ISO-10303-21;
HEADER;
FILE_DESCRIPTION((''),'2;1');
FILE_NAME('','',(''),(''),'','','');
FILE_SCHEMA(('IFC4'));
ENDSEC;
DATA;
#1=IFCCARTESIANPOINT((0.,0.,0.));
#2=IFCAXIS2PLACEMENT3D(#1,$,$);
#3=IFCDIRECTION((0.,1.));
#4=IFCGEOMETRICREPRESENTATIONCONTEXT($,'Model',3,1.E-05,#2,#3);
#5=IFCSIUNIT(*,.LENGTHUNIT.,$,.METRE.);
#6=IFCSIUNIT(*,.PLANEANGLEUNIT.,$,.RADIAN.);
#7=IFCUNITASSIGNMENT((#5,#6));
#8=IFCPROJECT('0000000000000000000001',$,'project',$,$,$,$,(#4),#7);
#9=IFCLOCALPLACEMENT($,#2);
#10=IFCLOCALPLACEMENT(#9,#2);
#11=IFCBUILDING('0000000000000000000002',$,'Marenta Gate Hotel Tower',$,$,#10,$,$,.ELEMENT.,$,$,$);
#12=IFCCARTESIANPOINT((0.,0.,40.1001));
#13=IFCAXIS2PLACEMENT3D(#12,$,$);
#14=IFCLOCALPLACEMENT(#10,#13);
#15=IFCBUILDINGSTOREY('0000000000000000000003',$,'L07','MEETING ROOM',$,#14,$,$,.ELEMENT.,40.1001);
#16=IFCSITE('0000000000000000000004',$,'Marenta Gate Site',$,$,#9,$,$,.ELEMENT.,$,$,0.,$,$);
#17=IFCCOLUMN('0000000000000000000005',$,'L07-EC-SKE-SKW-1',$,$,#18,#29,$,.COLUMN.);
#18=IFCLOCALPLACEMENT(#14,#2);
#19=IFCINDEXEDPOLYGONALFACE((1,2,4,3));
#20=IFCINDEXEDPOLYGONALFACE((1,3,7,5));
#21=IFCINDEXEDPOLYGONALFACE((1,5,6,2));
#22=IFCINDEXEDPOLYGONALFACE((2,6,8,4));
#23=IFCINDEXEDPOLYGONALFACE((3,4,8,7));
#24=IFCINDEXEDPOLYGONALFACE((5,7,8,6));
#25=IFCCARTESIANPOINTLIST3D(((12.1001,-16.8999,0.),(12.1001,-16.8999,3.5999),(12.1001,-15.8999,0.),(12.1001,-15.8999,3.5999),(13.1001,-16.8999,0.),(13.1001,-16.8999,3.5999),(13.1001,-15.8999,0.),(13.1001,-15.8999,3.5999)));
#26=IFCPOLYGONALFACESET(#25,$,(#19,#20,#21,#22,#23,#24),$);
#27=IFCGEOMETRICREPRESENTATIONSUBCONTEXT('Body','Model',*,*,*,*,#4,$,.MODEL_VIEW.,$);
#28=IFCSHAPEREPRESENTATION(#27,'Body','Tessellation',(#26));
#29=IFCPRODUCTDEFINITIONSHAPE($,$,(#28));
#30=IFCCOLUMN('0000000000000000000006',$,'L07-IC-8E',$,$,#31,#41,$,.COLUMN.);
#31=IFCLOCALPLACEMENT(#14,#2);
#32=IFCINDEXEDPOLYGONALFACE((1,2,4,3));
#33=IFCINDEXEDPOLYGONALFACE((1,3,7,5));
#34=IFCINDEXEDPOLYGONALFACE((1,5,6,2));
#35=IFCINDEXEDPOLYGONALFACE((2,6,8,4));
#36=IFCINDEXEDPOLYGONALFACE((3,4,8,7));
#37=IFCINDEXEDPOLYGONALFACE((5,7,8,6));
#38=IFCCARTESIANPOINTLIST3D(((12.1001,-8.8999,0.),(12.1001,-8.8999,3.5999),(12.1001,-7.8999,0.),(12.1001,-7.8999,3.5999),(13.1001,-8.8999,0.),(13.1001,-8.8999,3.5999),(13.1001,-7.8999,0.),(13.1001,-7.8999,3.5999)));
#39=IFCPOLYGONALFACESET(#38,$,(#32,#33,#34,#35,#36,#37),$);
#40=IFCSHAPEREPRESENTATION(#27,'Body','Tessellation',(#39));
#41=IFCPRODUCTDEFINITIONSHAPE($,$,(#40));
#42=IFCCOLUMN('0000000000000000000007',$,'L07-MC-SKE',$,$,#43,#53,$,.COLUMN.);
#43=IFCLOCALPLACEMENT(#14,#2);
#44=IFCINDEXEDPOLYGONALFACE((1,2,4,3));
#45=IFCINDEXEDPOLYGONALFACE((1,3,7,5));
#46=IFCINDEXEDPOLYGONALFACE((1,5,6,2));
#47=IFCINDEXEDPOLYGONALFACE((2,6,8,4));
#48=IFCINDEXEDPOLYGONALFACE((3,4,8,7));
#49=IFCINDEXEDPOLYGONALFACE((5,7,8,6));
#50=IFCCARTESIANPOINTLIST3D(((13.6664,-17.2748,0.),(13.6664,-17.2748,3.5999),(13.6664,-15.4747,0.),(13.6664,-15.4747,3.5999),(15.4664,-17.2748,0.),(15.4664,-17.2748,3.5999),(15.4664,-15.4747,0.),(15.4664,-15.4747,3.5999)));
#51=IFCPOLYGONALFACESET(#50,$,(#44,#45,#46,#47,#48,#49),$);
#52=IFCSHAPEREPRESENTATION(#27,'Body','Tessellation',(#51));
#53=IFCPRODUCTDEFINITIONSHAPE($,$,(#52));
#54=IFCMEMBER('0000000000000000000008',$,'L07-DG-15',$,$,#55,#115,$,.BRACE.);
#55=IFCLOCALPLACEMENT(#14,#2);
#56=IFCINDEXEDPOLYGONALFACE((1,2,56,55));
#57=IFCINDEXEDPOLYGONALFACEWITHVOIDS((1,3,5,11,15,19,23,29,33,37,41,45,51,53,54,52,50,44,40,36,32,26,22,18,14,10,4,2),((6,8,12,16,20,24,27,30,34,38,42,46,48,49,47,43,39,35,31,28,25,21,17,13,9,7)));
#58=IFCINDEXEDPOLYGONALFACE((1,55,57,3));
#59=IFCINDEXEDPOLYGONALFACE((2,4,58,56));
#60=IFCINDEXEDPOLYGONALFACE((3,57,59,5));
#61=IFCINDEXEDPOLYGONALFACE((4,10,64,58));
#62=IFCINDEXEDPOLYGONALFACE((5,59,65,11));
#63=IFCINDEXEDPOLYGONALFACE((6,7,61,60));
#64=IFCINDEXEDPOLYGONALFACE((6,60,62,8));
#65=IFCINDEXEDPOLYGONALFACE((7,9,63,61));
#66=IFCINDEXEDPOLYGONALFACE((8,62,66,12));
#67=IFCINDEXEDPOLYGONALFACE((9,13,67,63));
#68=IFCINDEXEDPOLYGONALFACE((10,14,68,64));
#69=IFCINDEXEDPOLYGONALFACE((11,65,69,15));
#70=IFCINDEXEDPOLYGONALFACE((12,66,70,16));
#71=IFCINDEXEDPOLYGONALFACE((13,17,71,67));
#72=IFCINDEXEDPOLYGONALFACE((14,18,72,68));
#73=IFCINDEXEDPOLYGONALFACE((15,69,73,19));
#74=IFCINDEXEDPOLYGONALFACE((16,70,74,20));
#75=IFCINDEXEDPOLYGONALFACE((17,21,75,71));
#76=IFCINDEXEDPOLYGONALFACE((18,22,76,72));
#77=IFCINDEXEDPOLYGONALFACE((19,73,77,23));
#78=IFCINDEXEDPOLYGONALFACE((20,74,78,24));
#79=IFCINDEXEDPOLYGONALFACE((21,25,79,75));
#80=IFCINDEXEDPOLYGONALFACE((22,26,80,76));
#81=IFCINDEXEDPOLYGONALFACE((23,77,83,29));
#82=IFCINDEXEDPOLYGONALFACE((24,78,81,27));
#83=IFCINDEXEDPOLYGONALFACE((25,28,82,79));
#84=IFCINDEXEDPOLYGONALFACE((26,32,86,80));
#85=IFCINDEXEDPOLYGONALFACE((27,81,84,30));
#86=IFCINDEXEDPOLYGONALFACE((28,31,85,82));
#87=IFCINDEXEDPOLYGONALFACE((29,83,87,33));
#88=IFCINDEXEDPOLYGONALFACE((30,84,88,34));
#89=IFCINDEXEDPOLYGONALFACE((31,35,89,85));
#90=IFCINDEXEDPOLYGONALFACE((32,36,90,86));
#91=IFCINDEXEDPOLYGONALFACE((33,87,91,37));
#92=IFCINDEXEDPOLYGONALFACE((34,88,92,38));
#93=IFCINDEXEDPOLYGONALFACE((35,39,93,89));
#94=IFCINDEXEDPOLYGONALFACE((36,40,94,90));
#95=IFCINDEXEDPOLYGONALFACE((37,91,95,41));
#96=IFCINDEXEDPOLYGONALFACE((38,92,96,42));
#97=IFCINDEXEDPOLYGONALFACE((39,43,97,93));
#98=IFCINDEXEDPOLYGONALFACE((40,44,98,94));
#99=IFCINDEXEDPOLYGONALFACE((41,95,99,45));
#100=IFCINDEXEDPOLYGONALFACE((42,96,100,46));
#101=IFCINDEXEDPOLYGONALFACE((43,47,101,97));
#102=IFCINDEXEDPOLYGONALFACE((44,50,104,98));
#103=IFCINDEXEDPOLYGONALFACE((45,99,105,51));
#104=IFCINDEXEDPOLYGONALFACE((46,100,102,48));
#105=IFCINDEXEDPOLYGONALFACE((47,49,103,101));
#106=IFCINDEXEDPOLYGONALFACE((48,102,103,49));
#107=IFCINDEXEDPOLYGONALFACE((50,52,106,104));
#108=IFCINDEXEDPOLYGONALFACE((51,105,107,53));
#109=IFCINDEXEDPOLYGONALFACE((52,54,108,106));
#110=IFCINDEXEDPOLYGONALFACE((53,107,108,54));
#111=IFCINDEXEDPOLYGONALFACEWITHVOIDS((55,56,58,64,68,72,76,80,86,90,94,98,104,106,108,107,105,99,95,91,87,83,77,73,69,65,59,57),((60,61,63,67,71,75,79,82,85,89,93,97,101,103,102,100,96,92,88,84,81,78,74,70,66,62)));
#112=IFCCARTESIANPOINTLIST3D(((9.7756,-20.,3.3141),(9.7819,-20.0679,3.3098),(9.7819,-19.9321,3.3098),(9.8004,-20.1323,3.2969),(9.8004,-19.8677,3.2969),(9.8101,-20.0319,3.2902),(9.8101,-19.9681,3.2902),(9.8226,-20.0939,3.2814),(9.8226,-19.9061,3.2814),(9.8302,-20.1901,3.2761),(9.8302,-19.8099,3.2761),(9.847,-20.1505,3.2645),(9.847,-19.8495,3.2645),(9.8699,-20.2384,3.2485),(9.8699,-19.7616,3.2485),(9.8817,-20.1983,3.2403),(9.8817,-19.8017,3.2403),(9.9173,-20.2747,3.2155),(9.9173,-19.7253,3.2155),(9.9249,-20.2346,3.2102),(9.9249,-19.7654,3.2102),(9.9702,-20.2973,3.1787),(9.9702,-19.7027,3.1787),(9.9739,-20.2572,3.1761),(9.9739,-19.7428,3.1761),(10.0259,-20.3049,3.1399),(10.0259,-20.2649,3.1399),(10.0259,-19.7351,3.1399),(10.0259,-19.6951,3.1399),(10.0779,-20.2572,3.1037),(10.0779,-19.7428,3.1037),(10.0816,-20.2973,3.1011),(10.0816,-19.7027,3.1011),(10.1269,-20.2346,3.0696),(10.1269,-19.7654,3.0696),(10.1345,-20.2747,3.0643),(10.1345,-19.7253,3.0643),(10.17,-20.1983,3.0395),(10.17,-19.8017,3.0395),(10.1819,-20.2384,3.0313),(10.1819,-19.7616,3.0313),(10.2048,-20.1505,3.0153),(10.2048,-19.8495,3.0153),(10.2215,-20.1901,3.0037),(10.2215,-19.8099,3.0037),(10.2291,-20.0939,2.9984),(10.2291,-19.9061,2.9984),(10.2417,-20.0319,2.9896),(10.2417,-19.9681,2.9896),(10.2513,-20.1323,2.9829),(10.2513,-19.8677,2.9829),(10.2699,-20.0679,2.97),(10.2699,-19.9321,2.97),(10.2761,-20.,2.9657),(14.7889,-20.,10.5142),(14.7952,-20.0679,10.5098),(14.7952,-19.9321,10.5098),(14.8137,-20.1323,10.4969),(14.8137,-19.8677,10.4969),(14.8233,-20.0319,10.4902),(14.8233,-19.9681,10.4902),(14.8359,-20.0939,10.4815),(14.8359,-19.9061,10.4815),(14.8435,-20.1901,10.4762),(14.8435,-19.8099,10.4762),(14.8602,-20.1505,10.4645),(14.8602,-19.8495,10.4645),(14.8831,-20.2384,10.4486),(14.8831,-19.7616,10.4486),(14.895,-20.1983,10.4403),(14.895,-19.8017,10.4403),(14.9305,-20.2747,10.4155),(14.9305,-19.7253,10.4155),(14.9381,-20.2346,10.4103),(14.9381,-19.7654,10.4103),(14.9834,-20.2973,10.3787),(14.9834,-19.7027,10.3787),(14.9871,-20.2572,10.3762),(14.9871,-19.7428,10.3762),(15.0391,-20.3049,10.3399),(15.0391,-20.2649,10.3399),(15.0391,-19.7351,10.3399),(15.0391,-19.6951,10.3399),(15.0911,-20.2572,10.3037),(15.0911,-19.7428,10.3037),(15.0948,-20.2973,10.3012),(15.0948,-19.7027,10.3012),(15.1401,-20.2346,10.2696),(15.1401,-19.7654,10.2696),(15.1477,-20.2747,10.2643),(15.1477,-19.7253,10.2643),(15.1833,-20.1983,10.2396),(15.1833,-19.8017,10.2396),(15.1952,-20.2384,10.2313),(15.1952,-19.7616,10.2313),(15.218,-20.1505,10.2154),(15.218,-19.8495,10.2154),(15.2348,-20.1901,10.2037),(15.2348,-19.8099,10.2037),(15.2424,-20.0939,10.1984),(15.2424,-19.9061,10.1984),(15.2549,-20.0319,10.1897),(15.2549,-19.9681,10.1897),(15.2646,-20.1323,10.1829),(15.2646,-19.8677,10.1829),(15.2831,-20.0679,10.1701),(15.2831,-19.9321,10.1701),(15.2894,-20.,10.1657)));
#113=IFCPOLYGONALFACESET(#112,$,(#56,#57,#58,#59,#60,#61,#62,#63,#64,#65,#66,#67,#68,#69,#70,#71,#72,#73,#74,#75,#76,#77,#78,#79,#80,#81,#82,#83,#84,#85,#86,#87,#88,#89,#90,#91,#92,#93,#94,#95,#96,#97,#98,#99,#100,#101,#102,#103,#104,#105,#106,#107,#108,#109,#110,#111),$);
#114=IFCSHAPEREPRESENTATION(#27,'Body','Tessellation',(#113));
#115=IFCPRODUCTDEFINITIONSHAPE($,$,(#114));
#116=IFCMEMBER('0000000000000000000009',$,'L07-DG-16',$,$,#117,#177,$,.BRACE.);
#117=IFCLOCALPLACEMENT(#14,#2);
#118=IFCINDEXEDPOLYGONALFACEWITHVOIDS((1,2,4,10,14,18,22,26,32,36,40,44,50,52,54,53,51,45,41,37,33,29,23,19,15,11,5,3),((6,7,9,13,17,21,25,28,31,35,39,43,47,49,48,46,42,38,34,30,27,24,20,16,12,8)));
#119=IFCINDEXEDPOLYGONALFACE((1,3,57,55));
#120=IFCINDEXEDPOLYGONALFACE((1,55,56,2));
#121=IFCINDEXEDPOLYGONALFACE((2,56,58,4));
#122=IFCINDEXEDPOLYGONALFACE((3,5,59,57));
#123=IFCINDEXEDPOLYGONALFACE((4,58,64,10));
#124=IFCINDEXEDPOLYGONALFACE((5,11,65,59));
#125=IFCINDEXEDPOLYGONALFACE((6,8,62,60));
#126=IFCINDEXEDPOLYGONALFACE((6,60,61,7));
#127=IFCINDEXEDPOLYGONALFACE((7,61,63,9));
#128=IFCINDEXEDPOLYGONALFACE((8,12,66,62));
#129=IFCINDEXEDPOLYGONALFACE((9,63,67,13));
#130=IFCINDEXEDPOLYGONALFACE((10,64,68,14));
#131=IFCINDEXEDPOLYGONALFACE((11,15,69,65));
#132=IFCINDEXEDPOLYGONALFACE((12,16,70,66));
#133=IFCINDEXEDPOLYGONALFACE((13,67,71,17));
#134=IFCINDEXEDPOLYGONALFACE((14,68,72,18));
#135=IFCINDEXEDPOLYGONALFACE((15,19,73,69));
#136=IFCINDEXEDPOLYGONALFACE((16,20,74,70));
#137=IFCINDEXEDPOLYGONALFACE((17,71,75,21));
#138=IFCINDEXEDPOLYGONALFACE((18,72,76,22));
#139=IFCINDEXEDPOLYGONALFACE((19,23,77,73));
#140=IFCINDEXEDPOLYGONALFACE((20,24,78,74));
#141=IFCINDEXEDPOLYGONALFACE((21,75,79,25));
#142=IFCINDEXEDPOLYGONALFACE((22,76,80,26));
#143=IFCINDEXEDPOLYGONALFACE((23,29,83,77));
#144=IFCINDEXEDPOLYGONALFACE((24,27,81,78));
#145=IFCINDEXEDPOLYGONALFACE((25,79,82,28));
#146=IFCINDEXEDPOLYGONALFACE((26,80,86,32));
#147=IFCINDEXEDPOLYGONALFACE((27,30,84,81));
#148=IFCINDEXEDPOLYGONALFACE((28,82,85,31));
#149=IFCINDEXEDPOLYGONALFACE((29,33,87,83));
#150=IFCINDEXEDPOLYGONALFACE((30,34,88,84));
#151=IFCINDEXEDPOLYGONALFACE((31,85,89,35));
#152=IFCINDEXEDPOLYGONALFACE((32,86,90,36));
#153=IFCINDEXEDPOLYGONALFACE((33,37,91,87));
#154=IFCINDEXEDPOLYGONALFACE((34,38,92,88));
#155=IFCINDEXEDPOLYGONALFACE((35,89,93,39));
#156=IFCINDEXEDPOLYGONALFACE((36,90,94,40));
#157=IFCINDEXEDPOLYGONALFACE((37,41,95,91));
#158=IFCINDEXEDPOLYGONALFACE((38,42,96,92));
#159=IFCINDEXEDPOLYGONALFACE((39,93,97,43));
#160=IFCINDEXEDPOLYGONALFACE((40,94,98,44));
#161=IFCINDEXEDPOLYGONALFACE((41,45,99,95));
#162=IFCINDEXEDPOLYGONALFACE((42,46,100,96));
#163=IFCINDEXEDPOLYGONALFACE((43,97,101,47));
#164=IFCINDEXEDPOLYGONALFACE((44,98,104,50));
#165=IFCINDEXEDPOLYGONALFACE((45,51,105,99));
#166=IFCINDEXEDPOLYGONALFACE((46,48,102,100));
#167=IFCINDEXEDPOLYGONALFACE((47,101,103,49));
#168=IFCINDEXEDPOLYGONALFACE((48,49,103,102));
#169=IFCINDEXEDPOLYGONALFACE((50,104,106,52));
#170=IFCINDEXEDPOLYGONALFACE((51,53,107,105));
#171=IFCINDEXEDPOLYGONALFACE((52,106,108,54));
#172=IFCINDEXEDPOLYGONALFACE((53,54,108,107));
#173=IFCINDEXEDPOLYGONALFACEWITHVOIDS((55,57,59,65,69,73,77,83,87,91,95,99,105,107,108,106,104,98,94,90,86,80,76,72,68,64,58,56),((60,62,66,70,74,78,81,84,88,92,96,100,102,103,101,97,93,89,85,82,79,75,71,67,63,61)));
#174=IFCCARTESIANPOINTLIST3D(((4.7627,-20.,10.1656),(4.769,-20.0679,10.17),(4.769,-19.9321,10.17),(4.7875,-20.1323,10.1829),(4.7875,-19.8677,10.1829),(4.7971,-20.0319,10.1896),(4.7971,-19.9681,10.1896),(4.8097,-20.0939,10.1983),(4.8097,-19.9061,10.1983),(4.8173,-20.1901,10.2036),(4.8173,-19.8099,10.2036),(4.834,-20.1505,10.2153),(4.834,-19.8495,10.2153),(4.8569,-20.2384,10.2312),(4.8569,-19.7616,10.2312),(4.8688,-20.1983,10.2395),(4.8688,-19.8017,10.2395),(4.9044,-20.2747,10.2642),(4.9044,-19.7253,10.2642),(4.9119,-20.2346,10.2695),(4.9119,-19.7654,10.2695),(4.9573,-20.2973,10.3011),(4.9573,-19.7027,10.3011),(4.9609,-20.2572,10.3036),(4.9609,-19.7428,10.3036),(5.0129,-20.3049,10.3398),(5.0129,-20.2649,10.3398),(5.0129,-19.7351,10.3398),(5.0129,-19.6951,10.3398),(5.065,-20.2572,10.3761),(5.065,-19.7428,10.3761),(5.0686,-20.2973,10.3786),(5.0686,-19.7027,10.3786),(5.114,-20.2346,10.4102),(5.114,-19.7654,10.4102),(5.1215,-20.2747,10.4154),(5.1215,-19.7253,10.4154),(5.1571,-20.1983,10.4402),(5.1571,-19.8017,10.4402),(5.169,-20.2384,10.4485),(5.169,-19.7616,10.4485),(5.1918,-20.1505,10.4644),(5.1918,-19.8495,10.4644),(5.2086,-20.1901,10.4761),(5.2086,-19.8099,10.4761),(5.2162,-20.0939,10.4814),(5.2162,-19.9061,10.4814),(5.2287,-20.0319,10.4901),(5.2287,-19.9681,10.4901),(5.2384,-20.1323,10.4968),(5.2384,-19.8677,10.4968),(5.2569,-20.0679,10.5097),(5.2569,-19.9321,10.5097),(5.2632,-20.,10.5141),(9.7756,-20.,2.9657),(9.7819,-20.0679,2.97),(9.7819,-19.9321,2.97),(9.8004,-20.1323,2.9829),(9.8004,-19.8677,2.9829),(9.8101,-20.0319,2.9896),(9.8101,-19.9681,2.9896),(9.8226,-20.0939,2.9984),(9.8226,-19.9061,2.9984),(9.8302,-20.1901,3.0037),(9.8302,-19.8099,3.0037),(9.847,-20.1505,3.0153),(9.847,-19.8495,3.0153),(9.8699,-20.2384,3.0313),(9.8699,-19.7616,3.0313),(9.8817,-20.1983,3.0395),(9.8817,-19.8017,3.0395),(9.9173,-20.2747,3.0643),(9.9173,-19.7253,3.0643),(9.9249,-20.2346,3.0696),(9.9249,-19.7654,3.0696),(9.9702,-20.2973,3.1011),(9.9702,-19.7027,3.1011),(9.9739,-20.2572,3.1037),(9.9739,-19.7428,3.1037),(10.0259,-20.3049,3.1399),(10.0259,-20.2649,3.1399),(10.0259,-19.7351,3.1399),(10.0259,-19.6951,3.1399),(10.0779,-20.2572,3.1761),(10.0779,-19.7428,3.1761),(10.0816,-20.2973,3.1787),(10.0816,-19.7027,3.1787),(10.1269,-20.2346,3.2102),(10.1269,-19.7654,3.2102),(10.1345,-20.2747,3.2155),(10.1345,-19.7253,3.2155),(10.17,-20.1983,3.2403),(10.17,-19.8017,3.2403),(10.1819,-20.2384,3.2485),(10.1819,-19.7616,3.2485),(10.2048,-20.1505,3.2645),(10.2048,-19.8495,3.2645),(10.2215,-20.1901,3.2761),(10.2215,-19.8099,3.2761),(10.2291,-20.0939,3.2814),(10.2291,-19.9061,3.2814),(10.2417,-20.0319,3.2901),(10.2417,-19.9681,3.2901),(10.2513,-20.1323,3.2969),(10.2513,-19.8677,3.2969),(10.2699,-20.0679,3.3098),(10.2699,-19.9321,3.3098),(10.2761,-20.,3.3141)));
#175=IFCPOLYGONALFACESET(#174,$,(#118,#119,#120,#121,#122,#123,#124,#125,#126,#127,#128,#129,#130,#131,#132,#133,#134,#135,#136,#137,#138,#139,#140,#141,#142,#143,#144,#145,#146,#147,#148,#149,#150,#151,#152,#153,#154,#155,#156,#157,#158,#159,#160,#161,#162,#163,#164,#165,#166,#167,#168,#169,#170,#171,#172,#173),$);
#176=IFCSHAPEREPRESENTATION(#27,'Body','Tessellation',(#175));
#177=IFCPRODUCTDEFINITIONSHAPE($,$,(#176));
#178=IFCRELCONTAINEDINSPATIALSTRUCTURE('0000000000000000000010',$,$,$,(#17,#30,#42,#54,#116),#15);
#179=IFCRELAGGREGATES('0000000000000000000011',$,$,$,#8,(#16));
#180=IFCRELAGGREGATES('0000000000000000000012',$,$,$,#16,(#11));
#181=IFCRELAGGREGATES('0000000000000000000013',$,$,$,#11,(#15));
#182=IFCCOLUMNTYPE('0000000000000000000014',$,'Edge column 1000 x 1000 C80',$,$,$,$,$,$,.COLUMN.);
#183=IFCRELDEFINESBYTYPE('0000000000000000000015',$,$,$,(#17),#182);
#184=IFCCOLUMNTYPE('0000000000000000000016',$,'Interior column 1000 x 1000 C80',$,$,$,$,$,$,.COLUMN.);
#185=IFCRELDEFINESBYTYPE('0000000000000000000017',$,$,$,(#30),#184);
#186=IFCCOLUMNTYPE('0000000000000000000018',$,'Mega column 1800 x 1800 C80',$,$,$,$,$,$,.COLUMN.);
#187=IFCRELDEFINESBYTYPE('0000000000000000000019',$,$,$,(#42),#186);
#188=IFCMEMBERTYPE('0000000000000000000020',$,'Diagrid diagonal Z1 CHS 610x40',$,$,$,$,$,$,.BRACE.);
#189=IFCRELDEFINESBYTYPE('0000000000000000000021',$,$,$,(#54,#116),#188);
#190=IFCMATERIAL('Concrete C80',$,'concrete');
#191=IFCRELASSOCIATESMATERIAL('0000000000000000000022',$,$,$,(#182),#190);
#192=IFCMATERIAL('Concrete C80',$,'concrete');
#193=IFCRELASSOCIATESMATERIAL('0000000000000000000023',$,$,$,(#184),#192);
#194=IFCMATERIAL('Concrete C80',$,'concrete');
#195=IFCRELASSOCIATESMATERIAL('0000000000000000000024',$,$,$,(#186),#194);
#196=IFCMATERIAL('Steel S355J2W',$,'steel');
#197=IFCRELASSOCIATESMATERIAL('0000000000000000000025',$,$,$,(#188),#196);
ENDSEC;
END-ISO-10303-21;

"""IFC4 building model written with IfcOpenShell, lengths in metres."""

from ifc_helpers import new_model, si_unit, direction, frame, origin, origin_2d, place, context, subcontext, project, spatial, rectangle, hollow_circle, extrude, material, material_profile, profile_set, type_object, element, save


model = new_model("IFC4")

# Units and contexts
model_context = context("Model", 3, precision=1e-05, world=origin(), true_north=direction((0.0, 1.0)))
body_context = subcontext(model_context, "Body", "Model", "MODEL_VIEW")
ifc_project = project(units=[si_unit("LENGTHUNIT", "METRE"), si_unit("PLANEANGLEUNIT", "RADIAN")], contexts=[model_context])

# Site, building, storey
site_placement = place(None, origin())
site = spatial("IfcSite", under=ifc_project, at=site_placement, Name="Marenta Gate Site", CompositionType="ELEMENT", RefElevation=0.0)
building_placement = place(site_placement, origin())
building = spatial("IfcBuilding", under=site, at=building_placement, Name="Marenta Gate Hotel Tower", CompositionType="ELEMENT")
storey_placement = place(building_placement, frame((0.0, 0.0, 40.1001)))
storey = spatial("IfcBuildingStorey", under=building, at=storey_placement, Name="L07", Description="MEETING ROOM", CompositionType="ELEMENT", Elevation=40.1001)

# Columns
ifc_material_1 = material(Name="Concrete C80", Category="concrete")
ifc_material_profile_1 = material_profile(ifc_material_1, rectangle(XDim=1.0, YDim=1.0, at=origin_2d()), Name="1000 x 1000")
ifc_profile_set_1 = profile_set([ifc_material_profile_1], Name="Concrete C80")
column_type_1 = type_object("IfcColumnType", Name="Edge column 1000 x 1000 C80", PredefinedType="COLUMN", material=ifc_profile_set_1)
column_1_placement = place(storey_placement, frame((12.6001, -16.3999, 0.0), z_axis=(0.0, 0.0, 1.0), x_axis=(1.0, 0.0, 0.0)))
element("IfcColumn", 1, at=column_1_placement, inside=storey, type_object=column_type_1, Name="L07-EC-SKE-SKW-1", PredefinedType="COLUMN", context=body_context, shape_type="SweptSolid", body=[
    extrude(rectangle(XDim=1.0, YDim=1.0, at=origin_2d()), origin(), (0.0, 0.0, 1.0), 3.5999),
])
ifc_material_2 = material(Name="Concrete C80", Category="concrete")
ifc_material_profile_2 = material_profile(ifc_material_2, rectangle(XDim=1.0, YDim=1.0, at=origin_2d()), Name="1000 x 1000")
ifc_profile_set_2 = profile_set([ifc_material_profile_2], Name="Concrete C80")
column_type_2 = type_object("IfcColumnType", Name="Interior column 1000 x 1000 C80", PredefinedType="COLUMN", material=ifc_profile_set_2)
column_2_placement = place(storey_placement, frame((12.6001, -8.3999, 0.0), z_axis=(0.0, 0.0, 1.0), x_axis=(1.0, 0.0, 0.0)))
element("IfcColumn", 2, at=column_2_placement, inside=storey, type_object=column_type_2, Name="L07-IC-8E", PredefinedType="COLUMN", context=body_context, shape_type="SweptSolid", body=[
    extrude(rectangle(XDim=1.0, YDim=1.0, at=origin_2d()), origin(), (0.0, 0.0, 1.0), 3.5999),
])
ifc_material_3 = material(Name="Concrete C80", Category="concrete")
ifc_material_profile_3 = material_profile(ifc_material_3, rectangle(XDim=1.8, YDim=1.8, at=origin_2d()), Name="1800 x 1800")
ifc_profile_set_3 = profile_set([ifc_material_profile_3], Name="Concrete C80")
column_type_3 = type_object("IfcColumnType", Name="Mega column 1800 x 1800 C80", PredefinedType="COLUMN", material=ifc_profile_set_3)
column_3_placement = place(storey_placement, frame((14.5664, -16.3748, 0.0), z_axis=(0.0, 0.0, 1.0), x_axis=(1.0, 0.0, 0.0)))
element("IfcColumn", 3, at=column_3_placement, inside=storey, type_object=column_type_3, Name="L07-MC-SKE", PredefinedType="COLUMN", context=body_context, shape_type="SweptSolid", body=[
    extrude(rectangle(XDim=1.8, YDim=1.8, at=origin_2d()), origin(), (0.0, 0.0, 1.0), 3.5999),
])

# Members
ifc_material_4 = material(Name="Steel S355J2W", Category="steel")
ifc_material_profile_4 = material_profile(ifc_material_4, hollow_circle(Radius=0.3049, WallThickness=0.04, at=origin_2d()), Name="CHS 610x40")
ifc_profile_set_4 = profile_set([ifc_material_profile_4], Name="Steel S355J2W")
member_type_1 = type_object("IfcMemberType", Name="Diagrid diagonal Z1 CHS 610x40", PredefinedType="BRACE", material=ifc_profile_set_4)
member_1_placement = place(storey_placement, frame((10.0259, -20.0, 3.1399), z_axis=(0.571412, 0.0, 0.820664), x_axis=(0.0, 1.0, 0.0)))
element("IfcMember", 4, at=member_1_placement, inside=storey, type_object=member_type_1, Name="L07-DG-15", PredefinedType="BRACE", context=body_context, shape_type="SweptSolid", body=[
    extrude(hollow_circle(Radius=0.3049, WallThickness=0.04, at=origin_2d()), origin(), (0.0, 0.0, 1.0), 8.7734),
])
member_2_placement = place(storey_placement, frame((10.0259, -20.0, 3.1399), z_axis=(-0.571393, 0.0, 0.820677), x_axis=(0.0, -1.0, 0.0)))
element("IfcMember", 5, at=member_2_placement, inside=storey, type_object=member_type_1, Name="L07-DG-16", PredefinedType="BRACE", context=body_context, shape_type="SweptSolid", body=[
    extrude(hollow_circle(Radius=0.3049, WallThickness=0.04, at=origin_2d()), origin(), (0.0, 0.0, 1.0), 8.7732),
])

save(model, "model.ifc")
